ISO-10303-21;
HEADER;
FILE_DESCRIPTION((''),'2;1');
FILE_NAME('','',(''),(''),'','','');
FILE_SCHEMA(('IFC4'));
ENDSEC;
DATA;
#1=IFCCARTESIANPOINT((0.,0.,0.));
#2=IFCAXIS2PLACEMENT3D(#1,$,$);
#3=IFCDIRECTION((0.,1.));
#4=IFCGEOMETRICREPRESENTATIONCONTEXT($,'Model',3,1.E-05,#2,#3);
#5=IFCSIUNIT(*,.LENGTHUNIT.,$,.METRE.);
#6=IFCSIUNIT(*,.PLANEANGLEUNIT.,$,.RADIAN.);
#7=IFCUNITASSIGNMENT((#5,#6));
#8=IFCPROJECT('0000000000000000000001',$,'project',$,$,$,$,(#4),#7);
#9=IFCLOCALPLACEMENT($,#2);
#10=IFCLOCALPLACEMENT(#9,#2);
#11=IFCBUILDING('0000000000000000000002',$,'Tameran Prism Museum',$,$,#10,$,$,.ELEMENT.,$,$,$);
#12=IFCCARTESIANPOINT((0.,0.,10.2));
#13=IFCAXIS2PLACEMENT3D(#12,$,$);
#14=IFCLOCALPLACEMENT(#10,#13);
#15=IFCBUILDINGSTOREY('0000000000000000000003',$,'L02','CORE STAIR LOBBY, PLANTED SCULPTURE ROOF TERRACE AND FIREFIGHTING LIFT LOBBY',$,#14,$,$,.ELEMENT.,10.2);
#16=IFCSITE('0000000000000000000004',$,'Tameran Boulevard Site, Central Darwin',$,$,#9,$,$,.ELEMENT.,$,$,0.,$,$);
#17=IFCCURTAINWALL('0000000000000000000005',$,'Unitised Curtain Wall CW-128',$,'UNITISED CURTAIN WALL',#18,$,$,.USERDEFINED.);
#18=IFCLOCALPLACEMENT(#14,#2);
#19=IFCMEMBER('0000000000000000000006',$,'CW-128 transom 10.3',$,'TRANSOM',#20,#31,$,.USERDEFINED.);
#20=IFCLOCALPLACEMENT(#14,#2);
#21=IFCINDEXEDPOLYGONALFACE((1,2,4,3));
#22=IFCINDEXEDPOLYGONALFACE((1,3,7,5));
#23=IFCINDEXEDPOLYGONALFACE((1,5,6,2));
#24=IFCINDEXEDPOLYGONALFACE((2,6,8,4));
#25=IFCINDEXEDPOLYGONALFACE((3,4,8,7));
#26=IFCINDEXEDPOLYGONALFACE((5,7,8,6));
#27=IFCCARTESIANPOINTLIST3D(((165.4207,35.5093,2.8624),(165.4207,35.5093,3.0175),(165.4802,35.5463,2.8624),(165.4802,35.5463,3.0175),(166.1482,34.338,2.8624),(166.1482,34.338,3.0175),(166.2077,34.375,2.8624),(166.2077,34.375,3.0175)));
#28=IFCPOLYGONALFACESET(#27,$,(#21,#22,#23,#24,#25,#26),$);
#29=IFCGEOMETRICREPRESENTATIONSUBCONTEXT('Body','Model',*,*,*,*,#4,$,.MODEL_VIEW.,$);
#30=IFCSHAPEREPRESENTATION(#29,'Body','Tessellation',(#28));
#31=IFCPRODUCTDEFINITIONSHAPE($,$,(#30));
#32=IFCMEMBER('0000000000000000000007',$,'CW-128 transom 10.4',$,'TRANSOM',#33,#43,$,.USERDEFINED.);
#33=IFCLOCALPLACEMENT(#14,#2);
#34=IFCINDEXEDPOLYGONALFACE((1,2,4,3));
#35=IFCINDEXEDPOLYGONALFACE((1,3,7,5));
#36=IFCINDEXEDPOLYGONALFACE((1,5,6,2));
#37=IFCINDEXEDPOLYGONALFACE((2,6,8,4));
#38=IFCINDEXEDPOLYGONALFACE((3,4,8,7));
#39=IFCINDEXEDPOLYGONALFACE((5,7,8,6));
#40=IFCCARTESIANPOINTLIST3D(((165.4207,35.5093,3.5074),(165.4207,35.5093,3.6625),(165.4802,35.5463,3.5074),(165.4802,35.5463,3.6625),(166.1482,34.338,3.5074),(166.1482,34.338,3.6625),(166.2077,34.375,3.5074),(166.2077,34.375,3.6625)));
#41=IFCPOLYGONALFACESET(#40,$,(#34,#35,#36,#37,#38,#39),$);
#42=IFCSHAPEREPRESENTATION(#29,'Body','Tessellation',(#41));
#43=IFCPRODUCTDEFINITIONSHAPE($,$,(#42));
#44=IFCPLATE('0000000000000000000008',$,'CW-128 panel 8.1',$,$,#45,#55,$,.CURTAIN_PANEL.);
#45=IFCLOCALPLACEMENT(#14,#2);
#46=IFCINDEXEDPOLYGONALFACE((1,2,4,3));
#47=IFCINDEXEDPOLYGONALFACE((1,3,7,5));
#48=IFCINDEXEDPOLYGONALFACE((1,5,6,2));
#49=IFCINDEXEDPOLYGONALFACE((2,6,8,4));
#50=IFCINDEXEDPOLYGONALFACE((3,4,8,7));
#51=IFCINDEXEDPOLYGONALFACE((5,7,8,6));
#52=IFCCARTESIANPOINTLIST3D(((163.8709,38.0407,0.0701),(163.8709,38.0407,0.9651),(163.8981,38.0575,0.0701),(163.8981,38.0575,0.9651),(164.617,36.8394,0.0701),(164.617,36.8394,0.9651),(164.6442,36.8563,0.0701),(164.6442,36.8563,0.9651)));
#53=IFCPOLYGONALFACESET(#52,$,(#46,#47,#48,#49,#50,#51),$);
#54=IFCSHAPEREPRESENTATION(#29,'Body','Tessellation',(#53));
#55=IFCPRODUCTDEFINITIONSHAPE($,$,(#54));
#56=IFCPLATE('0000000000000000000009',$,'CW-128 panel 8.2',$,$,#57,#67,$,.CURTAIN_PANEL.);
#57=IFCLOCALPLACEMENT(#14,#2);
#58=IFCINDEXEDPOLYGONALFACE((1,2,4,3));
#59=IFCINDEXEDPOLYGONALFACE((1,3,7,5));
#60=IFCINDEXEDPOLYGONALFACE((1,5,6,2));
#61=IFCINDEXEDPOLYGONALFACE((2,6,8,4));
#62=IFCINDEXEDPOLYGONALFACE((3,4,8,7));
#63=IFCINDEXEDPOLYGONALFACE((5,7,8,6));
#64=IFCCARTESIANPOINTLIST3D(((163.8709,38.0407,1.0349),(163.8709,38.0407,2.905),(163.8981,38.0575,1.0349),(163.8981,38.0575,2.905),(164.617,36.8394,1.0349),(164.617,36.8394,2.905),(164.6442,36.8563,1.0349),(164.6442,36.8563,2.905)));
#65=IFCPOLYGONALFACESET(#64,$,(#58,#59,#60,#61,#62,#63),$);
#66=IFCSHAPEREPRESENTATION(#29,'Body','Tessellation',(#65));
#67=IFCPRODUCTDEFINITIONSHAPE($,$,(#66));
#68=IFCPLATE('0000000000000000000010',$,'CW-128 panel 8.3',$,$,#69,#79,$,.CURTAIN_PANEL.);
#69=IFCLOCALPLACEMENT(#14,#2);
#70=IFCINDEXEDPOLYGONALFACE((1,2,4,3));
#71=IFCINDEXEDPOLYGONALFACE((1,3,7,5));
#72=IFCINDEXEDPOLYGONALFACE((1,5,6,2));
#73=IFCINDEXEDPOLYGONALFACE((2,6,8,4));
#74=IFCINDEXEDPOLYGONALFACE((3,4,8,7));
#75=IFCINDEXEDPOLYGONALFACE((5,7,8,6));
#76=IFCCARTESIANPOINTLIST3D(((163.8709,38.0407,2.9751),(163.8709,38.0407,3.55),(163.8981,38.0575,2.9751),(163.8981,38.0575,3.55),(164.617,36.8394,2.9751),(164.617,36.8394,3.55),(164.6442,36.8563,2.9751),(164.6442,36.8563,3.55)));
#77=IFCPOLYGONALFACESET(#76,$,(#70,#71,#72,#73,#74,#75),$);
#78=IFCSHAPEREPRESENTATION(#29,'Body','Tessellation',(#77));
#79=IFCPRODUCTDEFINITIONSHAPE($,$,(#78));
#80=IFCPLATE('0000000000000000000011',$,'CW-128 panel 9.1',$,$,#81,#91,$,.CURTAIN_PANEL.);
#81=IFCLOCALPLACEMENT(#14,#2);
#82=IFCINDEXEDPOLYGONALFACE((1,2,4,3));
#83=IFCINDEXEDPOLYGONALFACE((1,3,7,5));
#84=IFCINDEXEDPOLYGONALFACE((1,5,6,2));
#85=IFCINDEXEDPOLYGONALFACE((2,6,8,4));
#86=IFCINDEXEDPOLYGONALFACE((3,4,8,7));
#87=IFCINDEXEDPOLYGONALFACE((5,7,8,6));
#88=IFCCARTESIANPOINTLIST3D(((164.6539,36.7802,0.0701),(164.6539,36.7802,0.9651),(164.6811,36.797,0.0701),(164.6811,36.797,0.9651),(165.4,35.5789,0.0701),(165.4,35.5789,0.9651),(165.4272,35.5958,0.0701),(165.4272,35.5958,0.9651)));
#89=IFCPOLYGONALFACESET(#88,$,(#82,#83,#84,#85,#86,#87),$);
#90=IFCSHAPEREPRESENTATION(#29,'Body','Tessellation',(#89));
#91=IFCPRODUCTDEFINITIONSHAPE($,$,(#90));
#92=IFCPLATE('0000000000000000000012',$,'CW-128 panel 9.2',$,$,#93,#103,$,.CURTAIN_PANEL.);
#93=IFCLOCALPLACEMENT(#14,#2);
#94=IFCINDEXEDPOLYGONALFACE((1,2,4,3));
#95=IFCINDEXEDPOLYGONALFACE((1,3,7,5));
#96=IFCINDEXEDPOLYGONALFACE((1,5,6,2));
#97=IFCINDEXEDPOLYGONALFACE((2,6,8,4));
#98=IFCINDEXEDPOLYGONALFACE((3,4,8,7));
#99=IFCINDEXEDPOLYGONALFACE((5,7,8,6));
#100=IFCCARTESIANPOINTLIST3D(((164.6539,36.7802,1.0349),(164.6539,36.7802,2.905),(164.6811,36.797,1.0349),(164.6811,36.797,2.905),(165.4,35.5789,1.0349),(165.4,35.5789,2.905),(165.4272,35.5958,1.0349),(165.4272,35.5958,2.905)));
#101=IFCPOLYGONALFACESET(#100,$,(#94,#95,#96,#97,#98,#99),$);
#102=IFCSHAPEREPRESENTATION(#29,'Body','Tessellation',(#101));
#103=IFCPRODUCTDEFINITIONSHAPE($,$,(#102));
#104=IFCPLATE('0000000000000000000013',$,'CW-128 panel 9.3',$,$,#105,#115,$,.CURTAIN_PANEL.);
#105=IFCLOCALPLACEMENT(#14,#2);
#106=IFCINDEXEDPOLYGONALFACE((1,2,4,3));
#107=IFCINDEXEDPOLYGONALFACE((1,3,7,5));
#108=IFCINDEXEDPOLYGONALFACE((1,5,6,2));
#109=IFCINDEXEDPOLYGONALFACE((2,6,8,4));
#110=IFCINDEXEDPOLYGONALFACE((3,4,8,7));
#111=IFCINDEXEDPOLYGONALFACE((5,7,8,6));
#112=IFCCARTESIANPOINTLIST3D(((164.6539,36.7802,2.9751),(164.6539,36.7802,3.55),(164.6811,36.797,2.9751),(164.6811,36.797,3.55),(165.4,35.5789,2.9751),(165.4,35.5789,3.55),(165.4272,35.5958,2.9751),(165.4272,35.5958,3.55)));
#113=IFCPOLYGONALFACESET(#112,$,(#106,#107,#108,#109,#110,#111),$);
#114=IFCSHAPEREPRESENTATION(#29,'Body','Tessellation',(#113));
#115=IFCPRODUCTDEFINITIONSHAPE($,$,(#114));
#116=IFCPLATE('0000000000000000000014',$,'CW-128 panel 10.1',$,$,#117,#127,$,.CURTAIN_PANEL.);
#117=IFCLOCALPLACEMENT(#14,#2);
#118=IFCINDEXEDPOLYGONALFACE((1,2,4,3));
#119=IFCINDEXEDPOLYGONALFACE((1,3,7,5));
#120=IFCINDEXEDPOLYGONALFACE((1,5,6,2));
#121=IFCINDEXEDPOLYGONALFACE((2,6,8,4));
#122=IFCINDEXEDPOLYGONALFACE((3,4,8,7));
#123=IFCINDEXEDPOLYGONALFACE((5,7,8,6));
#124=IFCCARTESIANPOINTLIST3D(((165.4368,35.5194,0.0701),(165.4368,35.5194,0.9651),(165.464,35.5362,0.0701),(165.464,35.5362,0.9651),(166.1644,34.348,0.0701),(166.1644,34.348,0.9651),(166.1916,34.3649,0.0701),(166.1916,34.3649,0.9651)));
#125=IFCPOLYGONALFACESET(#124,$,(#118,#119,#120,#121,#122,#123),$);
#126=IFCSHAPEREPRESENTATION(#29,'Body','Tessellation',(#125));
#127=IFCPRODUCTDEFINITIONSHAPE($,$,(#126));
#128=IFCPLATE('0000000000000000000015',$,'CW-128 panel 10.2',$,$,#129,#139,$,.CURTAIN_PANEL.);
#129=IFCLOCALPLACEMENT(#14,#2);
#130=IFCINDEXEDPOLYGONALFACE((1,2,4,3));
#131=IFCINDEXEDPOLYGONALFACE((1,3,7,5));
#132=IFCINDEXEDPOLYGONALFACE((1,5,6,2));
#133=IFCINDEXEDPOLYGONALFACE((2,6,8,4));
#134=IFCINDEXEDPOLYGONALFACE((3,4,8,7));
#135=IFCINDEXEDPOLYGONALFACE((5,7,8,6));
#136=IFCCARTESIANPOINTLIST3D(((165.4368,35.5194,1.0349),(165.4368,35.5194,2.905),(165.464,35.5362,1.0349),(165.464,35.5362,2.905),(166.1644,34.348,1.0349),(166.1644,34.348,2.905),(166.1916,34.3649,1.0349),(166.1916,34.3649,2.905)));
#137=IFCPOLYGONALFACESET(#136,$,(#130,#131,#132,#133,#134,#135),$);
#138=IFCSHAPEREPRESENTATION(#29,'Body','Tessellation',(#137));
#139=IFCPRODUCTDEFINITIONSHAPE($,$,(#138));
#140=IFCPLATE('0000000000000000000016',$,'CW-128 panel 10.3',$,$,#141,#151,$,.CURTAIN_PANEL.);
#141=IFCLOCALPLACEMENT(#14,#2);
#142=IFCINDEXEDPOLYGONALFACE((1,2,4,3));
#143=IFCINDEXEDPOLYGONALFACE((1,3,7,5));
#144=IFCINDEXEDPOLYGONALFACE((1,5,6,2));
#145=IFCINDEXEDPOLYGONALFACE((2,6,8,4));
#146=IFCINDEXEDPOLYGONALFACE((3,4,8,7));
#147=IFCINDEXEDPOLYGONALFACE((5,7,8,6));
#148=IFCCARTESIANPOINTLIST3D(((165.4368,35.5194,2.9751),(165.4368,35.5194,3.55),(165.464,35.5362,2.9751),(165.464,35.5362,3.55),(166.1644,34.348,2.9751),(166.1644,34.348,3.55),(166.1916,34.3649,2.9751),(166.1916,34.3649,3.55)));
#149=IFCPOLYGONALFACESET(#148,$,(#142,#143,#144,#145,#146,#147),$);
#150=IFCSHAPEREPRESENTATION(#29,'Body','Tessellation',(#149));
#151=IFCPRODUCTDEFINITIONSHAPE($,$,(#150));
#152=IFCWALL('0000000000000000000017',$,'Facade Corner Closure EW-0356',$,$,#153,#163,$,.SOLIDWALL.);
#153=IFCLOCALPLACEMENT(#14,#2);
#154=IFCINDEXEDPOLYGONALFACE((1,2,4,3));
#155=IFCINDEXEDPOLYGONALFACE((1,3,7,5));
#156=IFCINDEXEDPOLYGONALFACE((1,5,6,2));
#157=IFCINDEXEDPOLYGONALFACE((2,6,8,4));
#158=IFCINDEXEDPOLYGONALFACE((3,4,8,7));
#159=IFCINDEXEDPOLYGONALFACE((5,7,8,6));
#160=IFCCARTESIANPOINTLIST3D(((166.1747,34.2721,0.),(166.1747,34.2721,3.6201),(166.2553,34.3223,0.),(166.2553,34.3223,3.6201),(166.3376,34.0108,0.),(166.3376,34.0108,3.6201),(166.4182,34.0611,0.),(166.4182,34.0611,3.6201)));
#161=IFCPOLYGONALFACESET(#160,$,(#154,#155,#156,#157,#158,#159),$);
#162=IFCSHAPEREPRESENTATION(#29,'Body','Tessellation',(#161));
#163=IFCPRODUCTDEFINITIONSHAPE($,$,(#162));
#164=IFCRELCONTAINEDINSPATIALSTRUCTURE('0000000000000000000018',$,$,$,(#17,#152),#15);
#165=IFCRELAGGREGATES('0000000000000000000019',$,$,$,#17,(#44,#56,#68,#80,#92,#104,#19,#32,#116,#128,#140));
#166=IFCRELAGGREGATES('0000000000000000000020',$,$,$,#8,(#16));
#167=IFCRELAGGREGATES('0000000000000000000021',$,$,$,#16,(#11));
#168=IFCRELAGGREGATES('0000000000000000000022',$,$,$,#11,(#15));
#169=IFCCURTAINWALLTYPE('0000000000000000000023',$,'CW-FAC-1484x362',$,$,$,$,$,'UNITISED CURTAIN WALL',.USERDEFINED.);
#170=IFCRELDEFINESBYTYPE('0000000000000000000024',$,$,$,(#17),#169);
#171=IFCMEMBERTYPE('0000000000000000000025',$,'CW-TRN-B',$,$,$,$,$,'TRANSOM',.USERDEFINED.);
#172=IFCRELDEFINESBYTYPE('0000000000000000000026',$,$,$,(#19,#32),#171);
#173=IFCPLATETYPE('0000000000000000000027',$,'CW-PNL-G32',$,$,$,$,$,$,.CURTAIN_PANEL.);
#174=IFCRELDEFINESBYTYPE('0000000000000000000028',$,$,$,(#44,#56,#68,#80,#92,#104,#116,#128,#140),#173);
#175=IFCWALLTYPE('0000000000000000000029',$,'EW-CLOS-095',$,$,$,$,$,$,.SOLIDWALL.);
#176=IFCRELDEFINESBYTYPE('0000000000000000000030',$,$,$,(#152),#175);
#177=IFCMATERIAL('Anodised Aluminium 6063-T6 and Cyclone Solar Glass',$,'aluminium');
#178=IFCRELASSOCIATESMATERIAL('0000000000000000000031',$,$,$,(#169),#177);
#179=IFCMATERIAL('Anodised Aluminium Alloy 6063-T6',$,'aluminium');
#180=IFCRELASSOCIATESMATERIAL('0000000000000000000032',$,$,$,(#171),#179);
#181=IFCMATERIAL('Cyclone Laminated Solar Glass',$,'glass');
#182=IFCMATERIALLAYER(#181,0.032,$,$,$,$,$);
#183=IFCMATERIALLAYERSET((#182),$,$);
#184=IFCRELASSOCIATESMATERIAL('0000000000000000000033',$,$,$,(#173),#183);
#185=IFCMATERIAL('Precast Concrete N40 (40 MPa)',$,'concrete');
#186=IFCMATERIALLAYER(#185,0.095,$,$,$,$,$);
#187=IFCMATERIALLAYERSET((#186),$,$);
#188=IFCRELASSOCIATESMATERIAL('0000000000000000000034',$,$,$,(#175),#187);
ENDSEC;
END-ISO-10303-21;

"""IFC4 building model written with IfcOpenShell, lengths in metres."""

from ifc_helpers import new_model, si_unit, direction, frame, frame_2d, origin, origin_2d, place, context, subcontext, project, spatial, rectangle, extrude, material, layer, layer_set, material_profile, profile_set, type_object, element, aggregate, save


model = new_model("IFC4")

# Units and contexts
model_context = context("Model", 3, precision=1e-05, world=origin(), true_north=direction((0.0, 1.0)))
body_context = subcontext(model_context, "Body", "Model", "MODEL_VIEW")
ifc_project = project(units=[si_unit("LENGTHUNIT", "METRE"), si_unit("PLANEANGLEUNIT", "RADIAN")], contexts=[model_context])

# Site, building, storey
site_placement = place(None, origin())
site = spatial("IfcSite", under=ifc_project, at=site_placement, Name="Tameran Boulevard Site, Central Darwin", CompositionType="ELEMENT", RefElevation=0.0)
building_placement = place(site_placement, origin())
building = spatial("IfcBuilding", under=site, at=building_placement, Name="Tameran Prism Museum", CompositionType="ELEMENT")
storey_placement = place(building_placement, frame((0.0, 0.0, 10.2)))
storey = spatial("IfcBuildingStorey", under=building, at=storey_placement, Name="L02", Description="CORE STAIR LOBBY, PLANTED SCULPTURE ROOF TERRACE AND FIREFIGHTING LIFT LOBBY", CompositionType="ELEMENT", Elevation=10.2)

# Curtain wall, members, plates
ifc_material_1 = material(Name="Anodised Aluminium 6063-T6 and Cyclone Solar Glass", Category="aluminium")
curtain_wall_type = type_object("IfcCurtainWallType", Name="CW-FAC-1484x362", ElementType="UNITISED CURTAIN WALL", PredefinedType="USERDEFINED", material=ifc_material_1)
curtain_wall_placement = place(storey_placement, origin())
curtain_wall = element("IfcCurtainWall", 1, at=curtain_wall_placement, inside=storey, type_object=curtain_wall_type, Name="Unitised Curtain Wall CW-128", ObjectType="UNITISED CURTAIN WALL", PredefinedType="USERDEFINED")
ifc_material_2 = material(Name="Anodised Aluminium Alloy 6063-T6", Category="aluminium")
ifc_material_profile_1 = material_profile(ifc_material_2, rectangle(XDim=0.0701, YDim=0.155, at=origin_2d()))
ifc_profile_set_1 = profile_set([ifc_material_profile_1])
member_type_1 = type_object("IfcMemberType", Name="CW-TRN-B", ElementType="TRANSOM", PredefinedType="USERDEFINED", material=ifc_profile_set_1)
member_1_placement = place(storey_placement, frame((165.4504, 35.5278, 2.9399), z_axis=(0.52761, -0.849487, 0.0), x_axis=(0.849487, 0.52761, 0.0)))
member_1 = element("IfcMember", 2, at=member_1_placement, type_object=member_type_1, Name="CW-128 transom 10.3", ObjectType="TRANSOM", PredefinedType="USERDEFINED", context=body_context, shape_type="SweptSolid", body=[
    extrude(rectangle(XDim=0.0701, YDim=0.155, at=origin_2d()), origin(), (0.0, 0.0, 1.0), 1.3789),
])
member_2_placement = place(storey_placement, frame((165.4504, 35.5278, 3.585), z_axis=(0.52761, -0.849487, 0.0), x_axis=(0.849487, 0.52761, 0.0)))
member_2 = element("IfcMember", 3, at=member_2_placement, type_object=member_type_1, Name="CW-128 transom 10.4", ObjectType="TRANSOM", PredefinedType="USERDEFINED", context=body_context, shape_type="SweptSolid", body=[
    extrude(rectangle(XDim=0.0701, YDim=0.155, at=origin_2d()), origin(), (0.0, 0.0, 1.0), 1.3789),
])
ifc_material_3 = material(Name="Cyclone Laminated Solar Glass", Category="glass")
ifc_layer_1 = layer(ifc_material_3, 0.032)
ifc_layer_set_1 = layer_set([ifc_layer_1])
plate_type = type_object("IfcPlateType", Name="CW-PNL-G32", PredefinedType="CURTAIN_PANEL", material=ifc_layer_set_1)
plate_1_placement = place(storey_placement, frame((164.2576, 37.4485, 0.0701), z_axis=(0.0, 0.0, 1.0), x_axis=(0.527635, -0.849471, 0.0)))
plate_1 = element("IfcPlate", 4, at=plate_1_placement, type_object=plate_type, Name="CW-128 panel 8.1", PredefinedType="CURTAIN_PANEL", context=body_context, shape_type="SweptSolid", body=[
    extrude(rectangle(XDim=1.4141, YDim=0.032, at=origin_2d()), origin(), (0.0, 0.0, 1.0), 0.895),
])
plate_2_placement = place(storey_placement, frame((164.2576, 37.4485, 1.0349), z_axis=(0.0, 0.0, 1.0), x_axis=(0.527635, -0.849471, 0.0)))
plate_2 = element("IfcPlate", 5, at=plate_2_placement, type_object=plate_type, Name="CW-128 panel 8.2", PredefinedType="CURTAIN_PANEL", context=body_context, shape_type="SweptSolid", body=[
    extrude(rectangle(XDim=1.4141, YDim=0.032, at=origin_2d()), origin(), (0.0, 0.0, 1.0), 1.8701),
])
plate_3_placement = place(storey_placement, frame((164.2576, 37.4485, 2.9751), z_axis=(0.0, 0.0, 1.0), x_axis=(0.527635, -0.849471, 0.0)))
plate_3 = element("IfcPlate", 6, at=plate_3_placement, type_object=plate_type, Name="CW-128 panel 8.3", PredefinedType="CURTAIN_PANEL", context=body_context, shape_type="SweptSolid", body=[
    extrude(rectangle(XDim=1.4141, YDim=0.032, at=origin_2d()), origin(), (0.0, 0.0, 1.0), 0.575),
])
plate_4_placement = place(storey_placement, frame((165.0405, 36.188, 0.0701), z_axis=(0.0, 0.0, 1.0), x_axis=(0.527635, -0.849471, 0.0)))
plate_4 = element("IfcPlate", 7, at=plate_4_placement, type_object=plate_type, Name="CW-128 panel 9.1", PredefinedType="CURTAIN_PANEL", context=body_context, shape_type="SweptSolid", body=[
    extrude(rectangle(XDim=1.4141, YDim=0.032, at=origin_2d()), origin(), (0.0, 0.0, 1.0), 0.895),
])
plate_5_placement = place(storey_placement, frame((165.0405, 36.188, 1.0349), z_axis=(0.0, 0.0, 1.0), x_axis=(0.527635, -0.849471, 0.0)))
plate_5 = element("IfcPlate", 8, at=plate_5_placement, type_object=plate_type, Name="CW-128 panel 9.2", PredefinedType="CURTAIN_PANEL", context=body_context, shape_type="SweptSolid", body=[
    extrude(rectangle(XDim=1.4141, YDim=0.032, at=origin_2d()), origin(), (0.0, 0.0, 1.0), 1.8701),
])
plate_6_placement = place(storey_placement, frame((165.0405, 36.188, 2.9751), z_axis=(0.0, 0.0, 1.0), x_axis=(0.527635, -0.849471, 0.0)))
plate_6 = element("IfcPlate", 9, at=plate_6_placement, type_object=plate_type, Name="CW-128 panel 9.3", PredefinedType="CURTAIN_PANEL", context=body_context, shape_type="SweptSolid", body=[
    extrude(rectangle(XDim=1.4141, YDim=0.032, at=origin_2d()), origin(), (0.0, 0.0, 1.0), 0.575),
])
plate_7_placement = place(storey_placement, frame((165.8142, 34.9421, 0.0701), z_axis=(0.0, 0.0, 1.0), x_axis=(0.527635, -0.849471, 0.0)))
plate_7 = element("IfcPlate", 10, at=plate_7_placement, type_object=plate_type, Name="CW-128 panel 10.1", PredefinedType="CURTAIN_PANEL", context=body_context, shape_type="SweptSolid", body=[
    extrude(rectangle(XDim=1.3789, YDim=0.032, at=origin_2d()), origin(), (0.0, 0.0, 1.0), 0.895),
])
plate_8_placement = place(storey_placement, frame((165.8142, 34.9421, 1.0349), z_axis=(0.0, 0.0, 1.0), x_axis=(0.527635, -0.849471, 0.0)))
plate_8 = element("IfcPlate", 11, at=plate_8_placement, type_object=plate_type, Name="CW-128 panel 10.2", PredefinedType="CURTAIN_PANEL", context=body_context, shape_type="SweptSolid", body=[
    extrude(rectangle(XDim=1.3789, YDim=0.032, at=origin_2d()), origin(), (0.0, 0.0, 1.0), 1.8701),
])
plate_9_placement = place(storey_placement, frame((165.8142, 34.9421, 2.9751), z_axis=(0.0, 0.0, 1.0), x_axis=(0.527635, -0.849471, 0.0)))
plate_9 = element("IfcPlate", 12, at=plate_9_placement, type_object=plate_type, Name="CW-128 panel 10.3", PredefinedType="CURTAIN_PANEL", context=body_context, shape_type="SweptSolid", body=[
    extrude(rectangle(XDim=1.3789, YDim=0.032, at=origin_2d()), origin(), (0.0, 0.0, 1.0), 0.575),
])
aggregate(curtain_wall, [plate_1, plate_2, plate_3, plate_4, plate_5, plate_6, member_1, member_2, plate_7, plate_8, plate_9])

# Wall
ifc_material_4 = material(Name="Precast Concrete N40 (40 MPa)", Category="concrete")
ifc_layer_2 = layer(ifc_material_4, 0.095)
ifc_layer_set_2 = layer_set([ifc_layer_2])
wall_type = type_object("IfcWallType", Name="EW-CLOS-095", PredefinedType="SOLIDWALL", material=ifc_layer_set_2)
wall_placement = place(storey_placement, frame((166.2151, 34.2971, 0.0), z_axis=(0.0, 0.0, 1.0), x_axis=(0.529001, -0.848622, 0.0)))
element("IfcWall", 13, at=wall_placement, inside=storey, type_object=wall_type, Name="Facade Corner Closure EW-0356", PredefinedType="SOLIDWALL", context=body_context, shape_type="SweptSolid", body=[
    extrude(rectangle(XDim=0.3079, YDim=0.095, at=frame_2d((0.1538, 0.0))), origin(), (0.0, 0.0, 1.0), 3.6201),
])

save(model, "model.ifc")
